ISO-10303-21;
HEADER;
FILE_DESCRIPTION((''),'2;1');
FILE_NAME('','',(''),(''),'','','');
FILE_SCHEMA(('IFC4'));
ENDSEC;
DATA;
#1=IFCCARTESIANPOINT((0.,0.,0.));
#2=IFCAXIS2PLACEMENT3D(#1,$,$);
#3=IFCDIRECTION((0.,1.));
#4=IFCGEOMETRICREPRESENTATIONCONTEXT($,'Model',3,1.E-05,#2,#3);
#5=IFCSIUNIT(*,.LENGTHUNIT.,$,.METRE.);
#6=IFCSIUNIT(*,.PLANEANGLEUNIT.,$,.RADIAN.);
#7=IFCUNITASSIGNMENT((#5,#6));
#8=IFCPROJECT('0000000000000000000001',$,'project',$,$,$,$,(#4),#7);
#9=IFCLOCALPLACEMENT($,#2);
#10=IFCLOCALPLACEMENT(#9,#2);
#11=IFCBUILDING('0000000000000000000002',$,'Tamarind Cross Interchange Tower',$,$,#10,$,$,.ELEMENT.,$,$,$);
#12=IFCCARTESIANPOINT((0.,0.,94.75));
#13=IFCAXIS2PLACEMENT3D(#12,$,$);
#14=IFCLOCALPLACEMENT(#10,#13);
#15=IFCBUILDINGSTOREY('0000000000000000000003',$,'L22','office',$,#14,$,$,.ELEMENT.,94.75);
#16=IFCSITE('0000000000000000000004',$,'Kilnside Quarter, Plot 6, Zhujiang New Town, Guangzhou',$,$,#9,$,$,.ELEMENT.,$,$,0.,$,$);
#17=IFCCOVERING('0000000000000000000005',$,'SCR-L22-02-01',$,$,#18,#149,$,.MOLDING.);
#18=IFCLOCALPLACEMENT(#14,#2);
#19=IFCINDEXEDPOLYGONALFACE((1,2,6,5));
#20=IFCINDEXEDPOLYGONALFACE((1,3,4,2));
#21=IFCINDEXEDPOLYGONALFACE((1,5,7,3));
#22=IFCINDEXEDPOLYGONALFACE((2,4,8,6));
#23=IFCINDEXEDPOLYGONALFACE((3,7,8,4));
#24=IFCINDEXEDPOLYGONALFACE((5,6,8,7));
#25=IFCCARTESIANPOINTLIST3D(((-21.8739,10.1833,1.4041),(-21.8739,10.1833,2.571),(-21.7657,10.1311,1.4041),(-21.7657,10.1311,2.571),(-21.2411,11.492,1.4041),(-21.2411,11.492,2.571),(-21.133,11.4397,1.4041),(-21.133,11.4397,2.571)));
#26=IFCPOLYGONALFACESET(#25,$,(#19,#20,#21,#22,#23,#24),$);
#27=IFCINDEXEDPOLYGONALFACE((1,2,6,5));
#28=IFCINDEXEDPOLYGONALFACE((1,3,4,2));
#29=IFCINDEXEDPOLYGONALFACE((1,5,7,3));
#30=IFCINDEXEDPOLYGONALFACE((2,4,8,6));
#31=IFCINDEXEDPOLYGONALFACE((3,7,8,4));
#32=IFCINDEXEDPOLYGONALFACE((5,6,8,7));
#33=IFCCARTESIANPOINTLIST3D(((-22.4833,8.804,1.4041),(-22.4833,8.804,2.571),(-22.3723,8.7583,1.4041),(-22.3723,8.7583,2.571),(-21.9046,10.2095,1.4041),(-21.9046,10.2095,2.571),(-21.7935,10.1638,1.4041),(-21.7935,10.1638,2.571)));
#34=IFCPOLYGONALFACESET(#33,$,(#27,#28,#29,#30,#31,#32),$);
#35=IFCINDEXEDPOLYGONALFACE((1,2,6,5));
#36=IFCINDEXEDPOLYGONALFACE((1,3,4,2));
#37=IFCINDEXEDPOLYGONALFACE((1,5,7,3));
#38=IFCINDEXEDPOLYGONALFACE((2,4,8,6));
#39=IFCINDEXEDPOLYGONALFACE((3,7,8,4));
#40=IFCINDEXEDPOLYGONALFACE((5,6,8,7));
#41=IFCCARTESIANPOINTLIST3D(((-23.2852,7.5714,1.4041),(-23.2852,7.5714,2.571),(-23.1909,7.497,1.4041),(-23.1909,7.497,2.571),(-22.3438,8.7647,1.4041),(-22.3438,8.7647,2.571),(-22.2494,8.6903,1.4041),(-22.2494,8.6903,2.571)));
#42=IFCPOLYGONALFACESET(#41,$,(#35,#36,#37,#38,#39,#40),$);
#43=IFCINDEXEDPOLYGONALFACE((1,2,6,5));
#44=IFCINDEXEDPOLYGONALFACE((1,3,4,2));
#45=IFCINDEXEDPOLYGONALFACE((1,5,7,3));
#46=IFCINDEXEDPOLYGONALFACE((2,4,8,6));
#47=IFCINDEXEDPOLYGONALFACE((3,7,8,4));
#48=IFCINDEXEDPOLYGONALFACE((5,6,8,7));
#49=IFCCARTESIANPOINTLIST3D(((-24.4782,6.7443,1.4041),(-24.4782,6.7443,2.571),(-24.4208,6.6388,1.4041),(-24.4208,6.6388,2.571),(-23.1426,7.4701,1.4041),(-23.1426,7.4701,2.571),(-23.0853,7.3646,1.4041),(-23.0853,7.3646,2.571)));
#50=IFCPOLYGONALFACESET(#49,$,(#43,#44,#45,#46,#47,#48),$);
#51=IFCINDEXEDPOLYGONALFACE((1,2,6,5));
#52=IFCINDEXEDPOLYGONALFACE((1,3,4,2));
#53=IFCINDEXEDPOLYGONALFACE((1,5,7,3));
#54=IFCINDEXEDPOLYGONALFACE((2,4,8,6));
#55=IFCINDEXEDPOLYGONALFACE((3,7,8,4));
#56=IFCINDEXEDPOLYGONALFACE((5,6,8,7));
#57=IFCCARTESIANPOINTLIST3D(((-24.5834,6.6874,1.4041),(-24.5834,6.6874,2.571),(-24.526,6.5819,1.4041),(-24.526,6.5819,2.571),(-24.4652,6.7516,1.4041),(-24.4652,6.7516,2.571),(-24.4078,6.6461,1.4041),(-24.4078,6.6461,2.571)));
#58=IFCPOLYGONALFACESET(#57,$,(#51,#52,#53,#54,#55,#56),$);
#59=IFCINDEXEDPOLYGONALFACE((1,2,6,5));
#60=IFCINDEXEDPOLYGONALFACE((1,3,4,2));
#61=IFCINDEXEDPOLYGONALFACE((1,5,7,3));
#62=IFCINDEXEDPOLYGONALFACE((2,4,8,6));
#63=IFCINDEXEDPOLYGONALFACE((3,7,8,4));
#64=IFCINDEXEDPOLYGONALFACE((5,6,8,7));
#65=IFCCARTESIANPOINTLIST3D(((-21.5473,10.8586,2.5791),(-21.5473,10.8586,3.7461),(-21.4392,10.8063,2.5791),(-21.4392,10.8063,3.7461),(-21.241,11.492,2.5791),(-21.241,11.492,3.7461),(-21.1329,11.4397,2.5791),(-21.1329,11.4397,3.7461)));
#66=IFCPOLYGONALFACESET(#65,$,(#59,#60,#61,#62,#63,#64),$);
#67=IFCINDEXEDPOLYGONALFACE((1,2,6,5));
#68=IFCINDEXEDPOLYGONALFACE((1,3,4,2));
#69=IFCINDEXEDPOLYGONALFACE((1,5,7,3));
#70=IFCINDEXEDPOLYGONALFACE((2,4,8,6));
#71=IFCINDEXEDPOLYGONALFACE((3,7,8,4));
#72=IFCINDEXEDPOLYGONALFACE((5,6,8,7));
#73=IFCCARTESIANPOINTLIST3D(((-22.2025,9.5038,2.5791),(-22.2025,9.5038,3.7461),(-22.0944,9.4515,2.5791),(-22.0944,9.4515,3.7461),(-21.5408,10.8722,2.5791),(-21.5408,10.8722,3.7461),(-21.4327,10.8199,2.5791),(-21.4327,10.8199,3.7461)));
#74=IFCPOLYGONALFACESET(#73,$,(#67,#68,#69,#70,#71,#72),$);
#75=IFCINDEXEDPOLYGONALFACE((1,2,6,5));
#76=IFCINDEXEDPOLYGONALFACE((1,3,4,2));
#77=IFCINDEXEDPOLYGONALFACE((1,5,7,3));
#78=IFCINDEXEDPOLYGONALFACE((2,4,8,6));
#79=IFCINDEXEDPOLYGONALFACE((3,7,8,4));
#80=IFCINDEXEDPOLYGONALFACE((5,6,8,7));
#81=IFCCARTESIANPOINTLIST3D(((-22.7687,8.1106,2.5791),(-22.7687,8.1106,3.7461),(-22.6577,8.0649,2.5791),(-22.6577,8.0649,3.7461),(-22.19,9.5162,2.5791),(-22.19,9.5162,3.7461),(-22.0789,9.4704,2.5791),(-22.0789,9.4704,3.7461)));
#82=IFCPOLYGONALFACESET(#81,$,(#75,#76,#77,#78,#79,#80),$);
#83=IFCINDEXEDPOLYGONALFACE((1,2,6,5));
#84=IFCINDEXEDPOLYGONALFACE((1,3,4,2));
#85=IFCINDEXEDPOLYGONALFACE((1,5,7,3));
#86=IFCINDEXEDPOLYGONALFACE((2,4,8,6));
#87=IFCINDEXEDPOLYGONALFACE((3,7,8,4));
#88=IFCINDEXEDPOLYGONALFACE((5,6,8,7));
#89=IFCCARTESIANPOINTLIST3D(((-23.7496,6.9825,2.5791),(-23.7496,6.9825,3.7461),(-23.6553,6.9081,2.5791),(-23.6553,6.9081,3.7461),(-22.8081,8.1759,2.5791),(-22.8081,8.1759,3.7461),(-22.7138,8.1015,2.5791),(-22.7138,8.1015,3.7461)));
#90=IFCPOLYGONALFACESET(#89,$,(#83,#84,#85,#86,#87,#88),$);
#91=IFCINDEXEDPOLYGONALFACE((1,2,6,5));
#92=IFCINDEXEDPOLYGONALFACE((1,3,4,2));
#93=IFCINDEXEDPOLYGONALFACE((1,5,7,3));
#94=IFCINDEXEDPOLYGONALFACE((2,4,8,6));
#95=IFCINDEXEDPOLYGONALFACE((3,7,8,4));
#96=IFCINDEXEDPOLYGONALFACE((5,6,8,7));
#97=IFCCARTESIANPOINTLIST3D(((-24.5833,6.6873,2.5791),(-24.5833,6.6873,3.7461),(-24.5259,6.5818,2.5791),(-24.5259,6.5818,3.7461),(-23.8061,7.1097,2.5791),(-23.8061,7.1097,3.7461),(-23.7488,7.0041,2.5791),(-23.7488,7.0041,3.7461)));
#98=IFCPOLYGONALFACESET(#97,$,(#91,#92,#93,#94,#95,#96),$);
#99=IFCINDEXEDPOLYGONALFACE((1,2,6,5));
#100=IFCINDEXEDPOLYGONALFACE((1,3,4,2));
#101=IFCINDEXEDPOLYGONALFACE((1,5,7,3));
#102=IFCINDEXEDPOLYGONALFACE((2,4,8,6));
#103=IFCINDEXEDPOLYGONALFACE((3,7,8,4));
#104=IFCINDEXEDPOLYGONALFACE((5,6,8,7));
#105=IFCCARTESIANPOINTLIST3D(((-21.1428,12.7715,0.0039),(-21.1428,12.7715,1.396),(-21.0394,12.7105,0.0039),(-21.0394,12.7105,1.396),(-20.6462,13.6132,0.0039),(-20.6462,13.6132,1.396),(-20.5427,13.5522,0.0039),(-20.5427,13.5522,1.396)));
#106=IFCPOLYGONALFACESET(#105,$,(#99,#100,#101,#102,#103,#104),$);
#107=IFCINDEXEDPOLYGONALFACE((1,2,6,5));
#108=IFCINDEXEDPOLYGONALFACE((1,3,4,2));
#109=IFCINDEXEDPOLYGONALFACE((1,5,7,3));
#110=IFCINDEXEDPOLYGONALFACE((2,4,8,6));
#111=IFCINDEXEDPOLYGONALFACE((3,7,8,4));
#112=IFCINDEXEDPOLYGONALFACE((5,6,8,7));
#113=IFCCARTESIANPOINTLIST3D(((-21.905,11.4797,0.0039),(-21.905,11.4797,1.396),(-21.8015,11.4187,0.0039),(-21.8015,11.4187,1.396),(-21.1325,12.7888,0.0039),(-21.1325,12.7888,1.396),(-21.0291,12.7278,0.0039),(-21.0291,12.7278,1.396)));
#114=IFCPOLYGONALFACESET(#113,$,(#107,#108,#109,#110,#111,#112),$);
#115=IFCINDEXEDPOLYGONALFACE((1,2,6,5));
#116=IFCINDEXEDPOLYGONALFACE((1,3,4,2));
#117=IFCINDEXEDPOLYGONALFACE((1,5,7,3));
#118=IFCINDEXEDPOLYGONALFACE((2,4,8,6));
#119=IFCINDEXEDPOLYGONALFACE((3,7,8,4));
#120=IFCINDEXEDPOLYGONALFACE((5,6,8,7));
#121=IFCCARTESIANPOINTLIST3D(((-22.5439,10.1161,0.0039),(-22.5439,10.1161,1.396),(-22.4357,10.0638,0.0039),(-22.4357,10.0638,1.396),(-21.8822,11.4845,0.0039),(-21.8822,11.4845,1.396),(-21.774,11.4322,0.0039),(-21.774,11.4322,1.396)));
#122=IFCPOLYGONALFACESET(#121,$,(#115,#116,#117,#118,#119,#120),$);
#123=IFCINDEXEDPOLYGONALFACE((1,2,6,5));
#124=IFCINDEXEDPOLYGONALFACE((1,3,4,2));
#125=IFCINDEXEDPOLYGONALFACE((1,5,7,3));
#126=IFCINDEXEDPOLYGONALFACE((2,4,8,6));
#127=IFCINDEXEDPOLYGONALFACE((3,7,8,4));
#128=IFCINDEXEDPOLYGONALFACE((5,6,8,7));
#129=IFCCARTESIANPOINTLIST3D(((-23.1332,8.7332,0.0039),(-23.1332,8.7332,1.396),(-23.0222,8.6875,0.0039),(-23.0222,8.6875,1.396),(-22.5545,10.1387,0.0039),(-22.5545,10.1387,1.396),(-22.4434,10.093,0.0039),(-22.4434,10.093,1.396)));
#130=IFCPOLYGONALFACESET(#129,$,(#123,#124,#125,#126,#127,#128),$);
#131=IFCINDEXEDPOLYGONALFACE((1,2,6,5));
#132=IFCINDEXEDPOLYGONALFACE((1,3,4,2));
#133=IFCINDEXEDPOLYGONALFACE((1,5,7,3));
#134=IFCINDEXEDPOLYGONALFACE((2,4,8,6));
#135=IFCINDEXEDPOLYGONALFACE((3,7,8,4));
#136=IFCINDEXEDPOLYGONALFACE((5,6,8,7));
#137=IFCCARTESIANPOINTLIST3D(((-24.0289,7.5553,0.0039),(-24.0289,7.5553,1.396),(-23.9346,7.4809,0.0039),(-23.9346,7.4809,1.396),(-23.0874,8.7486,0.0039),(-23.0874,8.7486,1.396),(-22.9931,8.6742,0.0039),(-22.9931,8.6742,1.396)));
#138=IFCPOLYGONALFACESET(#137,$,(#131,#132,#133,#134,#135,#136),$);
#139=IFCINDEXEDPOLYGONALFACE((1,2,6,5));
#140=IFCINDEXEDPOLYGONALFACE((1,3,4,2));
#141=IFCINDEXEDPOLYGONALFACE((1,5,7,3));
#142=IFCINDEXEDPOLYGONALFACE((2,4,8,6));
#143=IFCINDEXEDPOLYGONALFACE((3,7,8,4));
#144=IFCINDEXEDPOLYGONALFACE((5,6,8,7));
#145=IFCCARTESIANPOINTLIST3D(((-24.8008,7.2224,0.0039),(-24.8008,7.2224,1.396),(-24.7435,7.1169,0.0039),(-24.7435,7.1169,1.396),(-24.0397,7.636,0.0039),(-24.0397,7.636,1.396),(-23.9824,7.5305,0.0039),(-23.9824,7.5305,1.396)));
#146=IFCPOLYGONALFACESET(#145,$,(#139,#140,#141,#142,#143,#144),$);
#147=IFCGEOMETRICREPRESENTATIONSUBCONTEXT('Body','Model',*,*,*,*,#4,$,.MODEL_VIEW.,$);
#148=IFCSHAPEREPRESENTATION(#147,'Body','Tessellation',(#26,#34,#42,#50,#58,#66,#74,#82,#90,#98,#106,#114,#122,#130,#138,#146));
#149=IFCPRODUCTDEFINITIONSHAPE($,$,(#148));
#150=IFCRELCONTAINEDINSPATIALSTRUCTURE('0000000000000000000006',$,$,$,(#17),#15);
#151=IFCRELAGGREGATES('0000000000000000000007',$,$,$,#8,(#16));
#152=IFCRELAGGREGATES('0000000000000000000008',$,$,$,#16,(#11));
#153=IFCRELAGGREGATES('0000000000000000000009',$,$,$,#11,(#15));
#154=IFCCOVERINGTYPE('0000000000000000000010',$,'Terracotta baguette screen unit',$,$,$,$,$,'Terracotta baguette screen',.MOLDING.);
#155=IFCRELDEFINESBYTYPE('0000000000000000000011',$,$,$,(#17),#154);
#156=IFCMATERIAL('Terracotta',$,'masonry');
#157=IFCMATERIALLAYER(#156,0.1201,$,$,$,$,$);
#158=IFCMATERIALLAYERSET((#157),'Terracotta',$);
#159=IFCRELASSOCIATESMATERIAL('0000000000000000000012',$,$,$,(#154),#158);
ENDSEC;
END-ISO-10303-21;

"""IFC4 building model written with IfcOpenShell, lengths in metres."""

from ifc_helpers import new_model, si_unit, direction, frame, origin, origin_2d, place, context, subcontext, project, spatial, rectangle, extrude, material, layer, layer_set, type_object, element, save


model = new_model("IFC4")

# Units and contexts
model_context = context("Model", 3, precision=1e-05, world=origin(), true_north=direction((0.0, 1.0)))
body_context = subcontext(model_context, "Body", "Model", "MODEL_VIEW")
ifc_project = project(units=[si_unit("LENGTHUNIT", "METRE"), si_unit("PLANEANGLEUNIT", "RADIAN")], contexts=[model_context])

# Site, building, storey
site_placement = place(None, origin())
site = spatial("IfcSite", under=ifc_project, at=site_placement, Name="Kilnside Quarter, Plot 6, Zhujiang New Town, Guangzhou", CompositionType="ELEMENT", RefElevation=0.0)
building_placement = place(site_placement, origin())
building = spatial("IfcBuilding", under=site, at=building_placement, Name="Tamarind Cross Interchange Tower", CompositionType="ELEMENT")
storey_placement = place(building_placement, frame((0.0, 0.0, 94.75)))
storey = spatial("IfcBuildingStorey", under=building, at=storey_placement, Name="L22", Description="office", CompositionType="ELEMENT", Elevation=94.75)

# Covering
ifc_material_1 = material(Name="Terracotta", Category="masonry")
ifc_layer_1 = layer(ifc_material_1, 0.1201)
ifc_layer_set_1 = layer_set([ifc_layer_1], Name="Terracotta")
covering_type = type_object("IfcCoveringType", Name="Terracotta baguette screen unit", ElementType="Terracotta baguette screen", PredefinedType="MOLDING", material=ifc_layer_set_1)
covering_1_placement = place(storey_placement, origin())
element("IfcCovering", 1, at=covering_1_placement, inside=storey, type_object=covering_type, Name="SCR-L22-02-01", PredefinedType="MOLDING", context=body_context, shape_type="SweptSolid", body=[
    extrude(rectangle(XDim=1.4536, YDim=0.1201, at=origin_2d()), frame((-21.5034, 10.8115, 1.4041), z_axis=(0.0, 0.0, 1.0), x_axis=(-0.435326, -0.900273, 0.0)), (0.0, 0.0, 1.0), 1.167),
    extrude(rectangle(XDim=1.52, YDim=0.1201, at=origin_2d()), frame((-22.1384, 9.4839, 1.4041), z_axis=(0.0, 0.0, 1.0), x_axis=(-0.38076, -0.924674, 0.0)), (0.0, 0.0, 1.0), 1.167),
    extrude(rectangle(XDim=1.52, YDim=0.1201, at=origin_2d()), frame((-22.7673, 8.1309, 1.4041), z_axis=(0.0, 0.0, 1.0), x_axis=(-0.619379, -0.785092, 0.0)), (0.0, 0.0, 1.0), 1.167),
    extrude(rectangle(XDim=1.52, YDim=0.1201, at=origin_2d()), frame((-23.7817, 7.0544, 1.4041), z_axis=(0.0, 0.0, 1.0), x_axis=(-0.878634, -0.477495, 0.0)), (0.0, 0.0, 1.0), 1.167),
    extrude(rectangle(XDim=0.1345, YDim=0.1201, at=origin_2d()), frame((-24.4956, 6.6667, 1.4041), z_axis=(0.0, 0.0, 1.0), x_axis=(-0.878634, -0.477495, 0.0)), (0.0, 0.0, 1.0), 1.167),
    extrude(rectangle(XDim=0.7036, YDim=0.1201, at=origin_2d()), frame((-21.3401, 11.1492, 2.5791), z_axis=(0.0, 0.0, 1.0), x_axis=(-0.435326, -0.900273, 0.0)), (0.0, 0.0, 1.0), 1.167),
    extrude(rectangle(XDim=1.52, YDim=0.1201, at=origin_2d()), frame((-21.8176, 10.1619, 2.5791), z_axis=(0.0, 0.0, 1.0), x_axis=(-0.435326, -0.900273, 0.0)), (0.0, 0.0, 1.0), 1.167),
    extrude(rectangle(XDim=1.52, YDim=0.1201, at=origin_2d()), frame((-22.4238, 8.7905, 2.5791), z_axis=(0.0, 0.0, 1.0), x_axis=(-0.38076, -0.924674, 0.0)), (0.0, 0.0, 1.0), 1.167),
    extrude(rectangle(XDim=1.52, YDim=0.1201, at=origin_2d()), frame((-23.2317, 7.542, 2.5791), z_axis=(0.0, 0.0, 1.0), x_axis=(-0.619379, -0.785092, 0.0)), (0.0, 0.0, 1.0), 1.167),
    extrude(rectangle(XDim=0.8845, YDim=0.1201, at=origin_2d()), frame((-24.166, 6.8457, 2.5791), z_axis=(0.0, 0.0, 1.0), x_axis=(-0.878634, -0.477495, 0.0)), (0.0, 0.0, 1.0), 1.167),
    extrude(rectangle(XDim=0.9773, YDim=0.1201, at=origin_2d()), frame((-20.8428, 13.1619, 0.0039), z_axis=(0.0, 0.0, 1.0), x_axis=(-0.508183, -0.861249, 0.0)), (0.0, 0.0, 1.0), 1.3921),
    extrude(rectangle(XDim=1.52, YDim=0.1201, at=origin_2d()), frame((-21.467, 12.1038, 0.0039), z_axis=(0.0, 0.0, 1.0), x_axis=(-0.508183, -0.861249, 0.0)), (0.0, 0.0, 1.0), 1.3921),
    extrude(rectangle(XDim=1.52, YDim=0.1201, at=origin_2d()), frame((-22.1589, 10.7742, 0.0039), z_axis=(0.0, 0.0, 1.0), x_axis=(-0.435326, -0.900273, 0.0)), (0.0, 0.0, 1.0), 1.3921),
    extrude(rectangle(XDim=1.52, YDim=0.1201, at=origin_2d()), frame((-22.7883, 9.4131, 0.0039), z_axis=(0.0, 0.0, 1.0), x_axis=(-0.38076, -0.924674, 0.0)), (0.0, 0.0, 1.0), 1.3921),
    extrude(rectangle(XDim=1.52, YDim=0.1201, at=origin_2d()), frame((-23.511, 8.1147, 0.0039), z_axis=(0.0, 0.0, 1.0), x_axis=(-0.619379, -0.785092, 0.0)), (0.0, 0.0, 1.0), 1.3921),
    extrude(rectangle(XDim=0.8662, YDim=0.1201, at=origin_2d()), frame((-24.3916, 7.3765, 0.0039), z_axis=(0.0, 0.0, 1.0), x_axis=(-0.878634, -0.477495, 0.0)), (0.0, 0.0, 1.0), 1.3921),
])

save(model, "model.ifc")
